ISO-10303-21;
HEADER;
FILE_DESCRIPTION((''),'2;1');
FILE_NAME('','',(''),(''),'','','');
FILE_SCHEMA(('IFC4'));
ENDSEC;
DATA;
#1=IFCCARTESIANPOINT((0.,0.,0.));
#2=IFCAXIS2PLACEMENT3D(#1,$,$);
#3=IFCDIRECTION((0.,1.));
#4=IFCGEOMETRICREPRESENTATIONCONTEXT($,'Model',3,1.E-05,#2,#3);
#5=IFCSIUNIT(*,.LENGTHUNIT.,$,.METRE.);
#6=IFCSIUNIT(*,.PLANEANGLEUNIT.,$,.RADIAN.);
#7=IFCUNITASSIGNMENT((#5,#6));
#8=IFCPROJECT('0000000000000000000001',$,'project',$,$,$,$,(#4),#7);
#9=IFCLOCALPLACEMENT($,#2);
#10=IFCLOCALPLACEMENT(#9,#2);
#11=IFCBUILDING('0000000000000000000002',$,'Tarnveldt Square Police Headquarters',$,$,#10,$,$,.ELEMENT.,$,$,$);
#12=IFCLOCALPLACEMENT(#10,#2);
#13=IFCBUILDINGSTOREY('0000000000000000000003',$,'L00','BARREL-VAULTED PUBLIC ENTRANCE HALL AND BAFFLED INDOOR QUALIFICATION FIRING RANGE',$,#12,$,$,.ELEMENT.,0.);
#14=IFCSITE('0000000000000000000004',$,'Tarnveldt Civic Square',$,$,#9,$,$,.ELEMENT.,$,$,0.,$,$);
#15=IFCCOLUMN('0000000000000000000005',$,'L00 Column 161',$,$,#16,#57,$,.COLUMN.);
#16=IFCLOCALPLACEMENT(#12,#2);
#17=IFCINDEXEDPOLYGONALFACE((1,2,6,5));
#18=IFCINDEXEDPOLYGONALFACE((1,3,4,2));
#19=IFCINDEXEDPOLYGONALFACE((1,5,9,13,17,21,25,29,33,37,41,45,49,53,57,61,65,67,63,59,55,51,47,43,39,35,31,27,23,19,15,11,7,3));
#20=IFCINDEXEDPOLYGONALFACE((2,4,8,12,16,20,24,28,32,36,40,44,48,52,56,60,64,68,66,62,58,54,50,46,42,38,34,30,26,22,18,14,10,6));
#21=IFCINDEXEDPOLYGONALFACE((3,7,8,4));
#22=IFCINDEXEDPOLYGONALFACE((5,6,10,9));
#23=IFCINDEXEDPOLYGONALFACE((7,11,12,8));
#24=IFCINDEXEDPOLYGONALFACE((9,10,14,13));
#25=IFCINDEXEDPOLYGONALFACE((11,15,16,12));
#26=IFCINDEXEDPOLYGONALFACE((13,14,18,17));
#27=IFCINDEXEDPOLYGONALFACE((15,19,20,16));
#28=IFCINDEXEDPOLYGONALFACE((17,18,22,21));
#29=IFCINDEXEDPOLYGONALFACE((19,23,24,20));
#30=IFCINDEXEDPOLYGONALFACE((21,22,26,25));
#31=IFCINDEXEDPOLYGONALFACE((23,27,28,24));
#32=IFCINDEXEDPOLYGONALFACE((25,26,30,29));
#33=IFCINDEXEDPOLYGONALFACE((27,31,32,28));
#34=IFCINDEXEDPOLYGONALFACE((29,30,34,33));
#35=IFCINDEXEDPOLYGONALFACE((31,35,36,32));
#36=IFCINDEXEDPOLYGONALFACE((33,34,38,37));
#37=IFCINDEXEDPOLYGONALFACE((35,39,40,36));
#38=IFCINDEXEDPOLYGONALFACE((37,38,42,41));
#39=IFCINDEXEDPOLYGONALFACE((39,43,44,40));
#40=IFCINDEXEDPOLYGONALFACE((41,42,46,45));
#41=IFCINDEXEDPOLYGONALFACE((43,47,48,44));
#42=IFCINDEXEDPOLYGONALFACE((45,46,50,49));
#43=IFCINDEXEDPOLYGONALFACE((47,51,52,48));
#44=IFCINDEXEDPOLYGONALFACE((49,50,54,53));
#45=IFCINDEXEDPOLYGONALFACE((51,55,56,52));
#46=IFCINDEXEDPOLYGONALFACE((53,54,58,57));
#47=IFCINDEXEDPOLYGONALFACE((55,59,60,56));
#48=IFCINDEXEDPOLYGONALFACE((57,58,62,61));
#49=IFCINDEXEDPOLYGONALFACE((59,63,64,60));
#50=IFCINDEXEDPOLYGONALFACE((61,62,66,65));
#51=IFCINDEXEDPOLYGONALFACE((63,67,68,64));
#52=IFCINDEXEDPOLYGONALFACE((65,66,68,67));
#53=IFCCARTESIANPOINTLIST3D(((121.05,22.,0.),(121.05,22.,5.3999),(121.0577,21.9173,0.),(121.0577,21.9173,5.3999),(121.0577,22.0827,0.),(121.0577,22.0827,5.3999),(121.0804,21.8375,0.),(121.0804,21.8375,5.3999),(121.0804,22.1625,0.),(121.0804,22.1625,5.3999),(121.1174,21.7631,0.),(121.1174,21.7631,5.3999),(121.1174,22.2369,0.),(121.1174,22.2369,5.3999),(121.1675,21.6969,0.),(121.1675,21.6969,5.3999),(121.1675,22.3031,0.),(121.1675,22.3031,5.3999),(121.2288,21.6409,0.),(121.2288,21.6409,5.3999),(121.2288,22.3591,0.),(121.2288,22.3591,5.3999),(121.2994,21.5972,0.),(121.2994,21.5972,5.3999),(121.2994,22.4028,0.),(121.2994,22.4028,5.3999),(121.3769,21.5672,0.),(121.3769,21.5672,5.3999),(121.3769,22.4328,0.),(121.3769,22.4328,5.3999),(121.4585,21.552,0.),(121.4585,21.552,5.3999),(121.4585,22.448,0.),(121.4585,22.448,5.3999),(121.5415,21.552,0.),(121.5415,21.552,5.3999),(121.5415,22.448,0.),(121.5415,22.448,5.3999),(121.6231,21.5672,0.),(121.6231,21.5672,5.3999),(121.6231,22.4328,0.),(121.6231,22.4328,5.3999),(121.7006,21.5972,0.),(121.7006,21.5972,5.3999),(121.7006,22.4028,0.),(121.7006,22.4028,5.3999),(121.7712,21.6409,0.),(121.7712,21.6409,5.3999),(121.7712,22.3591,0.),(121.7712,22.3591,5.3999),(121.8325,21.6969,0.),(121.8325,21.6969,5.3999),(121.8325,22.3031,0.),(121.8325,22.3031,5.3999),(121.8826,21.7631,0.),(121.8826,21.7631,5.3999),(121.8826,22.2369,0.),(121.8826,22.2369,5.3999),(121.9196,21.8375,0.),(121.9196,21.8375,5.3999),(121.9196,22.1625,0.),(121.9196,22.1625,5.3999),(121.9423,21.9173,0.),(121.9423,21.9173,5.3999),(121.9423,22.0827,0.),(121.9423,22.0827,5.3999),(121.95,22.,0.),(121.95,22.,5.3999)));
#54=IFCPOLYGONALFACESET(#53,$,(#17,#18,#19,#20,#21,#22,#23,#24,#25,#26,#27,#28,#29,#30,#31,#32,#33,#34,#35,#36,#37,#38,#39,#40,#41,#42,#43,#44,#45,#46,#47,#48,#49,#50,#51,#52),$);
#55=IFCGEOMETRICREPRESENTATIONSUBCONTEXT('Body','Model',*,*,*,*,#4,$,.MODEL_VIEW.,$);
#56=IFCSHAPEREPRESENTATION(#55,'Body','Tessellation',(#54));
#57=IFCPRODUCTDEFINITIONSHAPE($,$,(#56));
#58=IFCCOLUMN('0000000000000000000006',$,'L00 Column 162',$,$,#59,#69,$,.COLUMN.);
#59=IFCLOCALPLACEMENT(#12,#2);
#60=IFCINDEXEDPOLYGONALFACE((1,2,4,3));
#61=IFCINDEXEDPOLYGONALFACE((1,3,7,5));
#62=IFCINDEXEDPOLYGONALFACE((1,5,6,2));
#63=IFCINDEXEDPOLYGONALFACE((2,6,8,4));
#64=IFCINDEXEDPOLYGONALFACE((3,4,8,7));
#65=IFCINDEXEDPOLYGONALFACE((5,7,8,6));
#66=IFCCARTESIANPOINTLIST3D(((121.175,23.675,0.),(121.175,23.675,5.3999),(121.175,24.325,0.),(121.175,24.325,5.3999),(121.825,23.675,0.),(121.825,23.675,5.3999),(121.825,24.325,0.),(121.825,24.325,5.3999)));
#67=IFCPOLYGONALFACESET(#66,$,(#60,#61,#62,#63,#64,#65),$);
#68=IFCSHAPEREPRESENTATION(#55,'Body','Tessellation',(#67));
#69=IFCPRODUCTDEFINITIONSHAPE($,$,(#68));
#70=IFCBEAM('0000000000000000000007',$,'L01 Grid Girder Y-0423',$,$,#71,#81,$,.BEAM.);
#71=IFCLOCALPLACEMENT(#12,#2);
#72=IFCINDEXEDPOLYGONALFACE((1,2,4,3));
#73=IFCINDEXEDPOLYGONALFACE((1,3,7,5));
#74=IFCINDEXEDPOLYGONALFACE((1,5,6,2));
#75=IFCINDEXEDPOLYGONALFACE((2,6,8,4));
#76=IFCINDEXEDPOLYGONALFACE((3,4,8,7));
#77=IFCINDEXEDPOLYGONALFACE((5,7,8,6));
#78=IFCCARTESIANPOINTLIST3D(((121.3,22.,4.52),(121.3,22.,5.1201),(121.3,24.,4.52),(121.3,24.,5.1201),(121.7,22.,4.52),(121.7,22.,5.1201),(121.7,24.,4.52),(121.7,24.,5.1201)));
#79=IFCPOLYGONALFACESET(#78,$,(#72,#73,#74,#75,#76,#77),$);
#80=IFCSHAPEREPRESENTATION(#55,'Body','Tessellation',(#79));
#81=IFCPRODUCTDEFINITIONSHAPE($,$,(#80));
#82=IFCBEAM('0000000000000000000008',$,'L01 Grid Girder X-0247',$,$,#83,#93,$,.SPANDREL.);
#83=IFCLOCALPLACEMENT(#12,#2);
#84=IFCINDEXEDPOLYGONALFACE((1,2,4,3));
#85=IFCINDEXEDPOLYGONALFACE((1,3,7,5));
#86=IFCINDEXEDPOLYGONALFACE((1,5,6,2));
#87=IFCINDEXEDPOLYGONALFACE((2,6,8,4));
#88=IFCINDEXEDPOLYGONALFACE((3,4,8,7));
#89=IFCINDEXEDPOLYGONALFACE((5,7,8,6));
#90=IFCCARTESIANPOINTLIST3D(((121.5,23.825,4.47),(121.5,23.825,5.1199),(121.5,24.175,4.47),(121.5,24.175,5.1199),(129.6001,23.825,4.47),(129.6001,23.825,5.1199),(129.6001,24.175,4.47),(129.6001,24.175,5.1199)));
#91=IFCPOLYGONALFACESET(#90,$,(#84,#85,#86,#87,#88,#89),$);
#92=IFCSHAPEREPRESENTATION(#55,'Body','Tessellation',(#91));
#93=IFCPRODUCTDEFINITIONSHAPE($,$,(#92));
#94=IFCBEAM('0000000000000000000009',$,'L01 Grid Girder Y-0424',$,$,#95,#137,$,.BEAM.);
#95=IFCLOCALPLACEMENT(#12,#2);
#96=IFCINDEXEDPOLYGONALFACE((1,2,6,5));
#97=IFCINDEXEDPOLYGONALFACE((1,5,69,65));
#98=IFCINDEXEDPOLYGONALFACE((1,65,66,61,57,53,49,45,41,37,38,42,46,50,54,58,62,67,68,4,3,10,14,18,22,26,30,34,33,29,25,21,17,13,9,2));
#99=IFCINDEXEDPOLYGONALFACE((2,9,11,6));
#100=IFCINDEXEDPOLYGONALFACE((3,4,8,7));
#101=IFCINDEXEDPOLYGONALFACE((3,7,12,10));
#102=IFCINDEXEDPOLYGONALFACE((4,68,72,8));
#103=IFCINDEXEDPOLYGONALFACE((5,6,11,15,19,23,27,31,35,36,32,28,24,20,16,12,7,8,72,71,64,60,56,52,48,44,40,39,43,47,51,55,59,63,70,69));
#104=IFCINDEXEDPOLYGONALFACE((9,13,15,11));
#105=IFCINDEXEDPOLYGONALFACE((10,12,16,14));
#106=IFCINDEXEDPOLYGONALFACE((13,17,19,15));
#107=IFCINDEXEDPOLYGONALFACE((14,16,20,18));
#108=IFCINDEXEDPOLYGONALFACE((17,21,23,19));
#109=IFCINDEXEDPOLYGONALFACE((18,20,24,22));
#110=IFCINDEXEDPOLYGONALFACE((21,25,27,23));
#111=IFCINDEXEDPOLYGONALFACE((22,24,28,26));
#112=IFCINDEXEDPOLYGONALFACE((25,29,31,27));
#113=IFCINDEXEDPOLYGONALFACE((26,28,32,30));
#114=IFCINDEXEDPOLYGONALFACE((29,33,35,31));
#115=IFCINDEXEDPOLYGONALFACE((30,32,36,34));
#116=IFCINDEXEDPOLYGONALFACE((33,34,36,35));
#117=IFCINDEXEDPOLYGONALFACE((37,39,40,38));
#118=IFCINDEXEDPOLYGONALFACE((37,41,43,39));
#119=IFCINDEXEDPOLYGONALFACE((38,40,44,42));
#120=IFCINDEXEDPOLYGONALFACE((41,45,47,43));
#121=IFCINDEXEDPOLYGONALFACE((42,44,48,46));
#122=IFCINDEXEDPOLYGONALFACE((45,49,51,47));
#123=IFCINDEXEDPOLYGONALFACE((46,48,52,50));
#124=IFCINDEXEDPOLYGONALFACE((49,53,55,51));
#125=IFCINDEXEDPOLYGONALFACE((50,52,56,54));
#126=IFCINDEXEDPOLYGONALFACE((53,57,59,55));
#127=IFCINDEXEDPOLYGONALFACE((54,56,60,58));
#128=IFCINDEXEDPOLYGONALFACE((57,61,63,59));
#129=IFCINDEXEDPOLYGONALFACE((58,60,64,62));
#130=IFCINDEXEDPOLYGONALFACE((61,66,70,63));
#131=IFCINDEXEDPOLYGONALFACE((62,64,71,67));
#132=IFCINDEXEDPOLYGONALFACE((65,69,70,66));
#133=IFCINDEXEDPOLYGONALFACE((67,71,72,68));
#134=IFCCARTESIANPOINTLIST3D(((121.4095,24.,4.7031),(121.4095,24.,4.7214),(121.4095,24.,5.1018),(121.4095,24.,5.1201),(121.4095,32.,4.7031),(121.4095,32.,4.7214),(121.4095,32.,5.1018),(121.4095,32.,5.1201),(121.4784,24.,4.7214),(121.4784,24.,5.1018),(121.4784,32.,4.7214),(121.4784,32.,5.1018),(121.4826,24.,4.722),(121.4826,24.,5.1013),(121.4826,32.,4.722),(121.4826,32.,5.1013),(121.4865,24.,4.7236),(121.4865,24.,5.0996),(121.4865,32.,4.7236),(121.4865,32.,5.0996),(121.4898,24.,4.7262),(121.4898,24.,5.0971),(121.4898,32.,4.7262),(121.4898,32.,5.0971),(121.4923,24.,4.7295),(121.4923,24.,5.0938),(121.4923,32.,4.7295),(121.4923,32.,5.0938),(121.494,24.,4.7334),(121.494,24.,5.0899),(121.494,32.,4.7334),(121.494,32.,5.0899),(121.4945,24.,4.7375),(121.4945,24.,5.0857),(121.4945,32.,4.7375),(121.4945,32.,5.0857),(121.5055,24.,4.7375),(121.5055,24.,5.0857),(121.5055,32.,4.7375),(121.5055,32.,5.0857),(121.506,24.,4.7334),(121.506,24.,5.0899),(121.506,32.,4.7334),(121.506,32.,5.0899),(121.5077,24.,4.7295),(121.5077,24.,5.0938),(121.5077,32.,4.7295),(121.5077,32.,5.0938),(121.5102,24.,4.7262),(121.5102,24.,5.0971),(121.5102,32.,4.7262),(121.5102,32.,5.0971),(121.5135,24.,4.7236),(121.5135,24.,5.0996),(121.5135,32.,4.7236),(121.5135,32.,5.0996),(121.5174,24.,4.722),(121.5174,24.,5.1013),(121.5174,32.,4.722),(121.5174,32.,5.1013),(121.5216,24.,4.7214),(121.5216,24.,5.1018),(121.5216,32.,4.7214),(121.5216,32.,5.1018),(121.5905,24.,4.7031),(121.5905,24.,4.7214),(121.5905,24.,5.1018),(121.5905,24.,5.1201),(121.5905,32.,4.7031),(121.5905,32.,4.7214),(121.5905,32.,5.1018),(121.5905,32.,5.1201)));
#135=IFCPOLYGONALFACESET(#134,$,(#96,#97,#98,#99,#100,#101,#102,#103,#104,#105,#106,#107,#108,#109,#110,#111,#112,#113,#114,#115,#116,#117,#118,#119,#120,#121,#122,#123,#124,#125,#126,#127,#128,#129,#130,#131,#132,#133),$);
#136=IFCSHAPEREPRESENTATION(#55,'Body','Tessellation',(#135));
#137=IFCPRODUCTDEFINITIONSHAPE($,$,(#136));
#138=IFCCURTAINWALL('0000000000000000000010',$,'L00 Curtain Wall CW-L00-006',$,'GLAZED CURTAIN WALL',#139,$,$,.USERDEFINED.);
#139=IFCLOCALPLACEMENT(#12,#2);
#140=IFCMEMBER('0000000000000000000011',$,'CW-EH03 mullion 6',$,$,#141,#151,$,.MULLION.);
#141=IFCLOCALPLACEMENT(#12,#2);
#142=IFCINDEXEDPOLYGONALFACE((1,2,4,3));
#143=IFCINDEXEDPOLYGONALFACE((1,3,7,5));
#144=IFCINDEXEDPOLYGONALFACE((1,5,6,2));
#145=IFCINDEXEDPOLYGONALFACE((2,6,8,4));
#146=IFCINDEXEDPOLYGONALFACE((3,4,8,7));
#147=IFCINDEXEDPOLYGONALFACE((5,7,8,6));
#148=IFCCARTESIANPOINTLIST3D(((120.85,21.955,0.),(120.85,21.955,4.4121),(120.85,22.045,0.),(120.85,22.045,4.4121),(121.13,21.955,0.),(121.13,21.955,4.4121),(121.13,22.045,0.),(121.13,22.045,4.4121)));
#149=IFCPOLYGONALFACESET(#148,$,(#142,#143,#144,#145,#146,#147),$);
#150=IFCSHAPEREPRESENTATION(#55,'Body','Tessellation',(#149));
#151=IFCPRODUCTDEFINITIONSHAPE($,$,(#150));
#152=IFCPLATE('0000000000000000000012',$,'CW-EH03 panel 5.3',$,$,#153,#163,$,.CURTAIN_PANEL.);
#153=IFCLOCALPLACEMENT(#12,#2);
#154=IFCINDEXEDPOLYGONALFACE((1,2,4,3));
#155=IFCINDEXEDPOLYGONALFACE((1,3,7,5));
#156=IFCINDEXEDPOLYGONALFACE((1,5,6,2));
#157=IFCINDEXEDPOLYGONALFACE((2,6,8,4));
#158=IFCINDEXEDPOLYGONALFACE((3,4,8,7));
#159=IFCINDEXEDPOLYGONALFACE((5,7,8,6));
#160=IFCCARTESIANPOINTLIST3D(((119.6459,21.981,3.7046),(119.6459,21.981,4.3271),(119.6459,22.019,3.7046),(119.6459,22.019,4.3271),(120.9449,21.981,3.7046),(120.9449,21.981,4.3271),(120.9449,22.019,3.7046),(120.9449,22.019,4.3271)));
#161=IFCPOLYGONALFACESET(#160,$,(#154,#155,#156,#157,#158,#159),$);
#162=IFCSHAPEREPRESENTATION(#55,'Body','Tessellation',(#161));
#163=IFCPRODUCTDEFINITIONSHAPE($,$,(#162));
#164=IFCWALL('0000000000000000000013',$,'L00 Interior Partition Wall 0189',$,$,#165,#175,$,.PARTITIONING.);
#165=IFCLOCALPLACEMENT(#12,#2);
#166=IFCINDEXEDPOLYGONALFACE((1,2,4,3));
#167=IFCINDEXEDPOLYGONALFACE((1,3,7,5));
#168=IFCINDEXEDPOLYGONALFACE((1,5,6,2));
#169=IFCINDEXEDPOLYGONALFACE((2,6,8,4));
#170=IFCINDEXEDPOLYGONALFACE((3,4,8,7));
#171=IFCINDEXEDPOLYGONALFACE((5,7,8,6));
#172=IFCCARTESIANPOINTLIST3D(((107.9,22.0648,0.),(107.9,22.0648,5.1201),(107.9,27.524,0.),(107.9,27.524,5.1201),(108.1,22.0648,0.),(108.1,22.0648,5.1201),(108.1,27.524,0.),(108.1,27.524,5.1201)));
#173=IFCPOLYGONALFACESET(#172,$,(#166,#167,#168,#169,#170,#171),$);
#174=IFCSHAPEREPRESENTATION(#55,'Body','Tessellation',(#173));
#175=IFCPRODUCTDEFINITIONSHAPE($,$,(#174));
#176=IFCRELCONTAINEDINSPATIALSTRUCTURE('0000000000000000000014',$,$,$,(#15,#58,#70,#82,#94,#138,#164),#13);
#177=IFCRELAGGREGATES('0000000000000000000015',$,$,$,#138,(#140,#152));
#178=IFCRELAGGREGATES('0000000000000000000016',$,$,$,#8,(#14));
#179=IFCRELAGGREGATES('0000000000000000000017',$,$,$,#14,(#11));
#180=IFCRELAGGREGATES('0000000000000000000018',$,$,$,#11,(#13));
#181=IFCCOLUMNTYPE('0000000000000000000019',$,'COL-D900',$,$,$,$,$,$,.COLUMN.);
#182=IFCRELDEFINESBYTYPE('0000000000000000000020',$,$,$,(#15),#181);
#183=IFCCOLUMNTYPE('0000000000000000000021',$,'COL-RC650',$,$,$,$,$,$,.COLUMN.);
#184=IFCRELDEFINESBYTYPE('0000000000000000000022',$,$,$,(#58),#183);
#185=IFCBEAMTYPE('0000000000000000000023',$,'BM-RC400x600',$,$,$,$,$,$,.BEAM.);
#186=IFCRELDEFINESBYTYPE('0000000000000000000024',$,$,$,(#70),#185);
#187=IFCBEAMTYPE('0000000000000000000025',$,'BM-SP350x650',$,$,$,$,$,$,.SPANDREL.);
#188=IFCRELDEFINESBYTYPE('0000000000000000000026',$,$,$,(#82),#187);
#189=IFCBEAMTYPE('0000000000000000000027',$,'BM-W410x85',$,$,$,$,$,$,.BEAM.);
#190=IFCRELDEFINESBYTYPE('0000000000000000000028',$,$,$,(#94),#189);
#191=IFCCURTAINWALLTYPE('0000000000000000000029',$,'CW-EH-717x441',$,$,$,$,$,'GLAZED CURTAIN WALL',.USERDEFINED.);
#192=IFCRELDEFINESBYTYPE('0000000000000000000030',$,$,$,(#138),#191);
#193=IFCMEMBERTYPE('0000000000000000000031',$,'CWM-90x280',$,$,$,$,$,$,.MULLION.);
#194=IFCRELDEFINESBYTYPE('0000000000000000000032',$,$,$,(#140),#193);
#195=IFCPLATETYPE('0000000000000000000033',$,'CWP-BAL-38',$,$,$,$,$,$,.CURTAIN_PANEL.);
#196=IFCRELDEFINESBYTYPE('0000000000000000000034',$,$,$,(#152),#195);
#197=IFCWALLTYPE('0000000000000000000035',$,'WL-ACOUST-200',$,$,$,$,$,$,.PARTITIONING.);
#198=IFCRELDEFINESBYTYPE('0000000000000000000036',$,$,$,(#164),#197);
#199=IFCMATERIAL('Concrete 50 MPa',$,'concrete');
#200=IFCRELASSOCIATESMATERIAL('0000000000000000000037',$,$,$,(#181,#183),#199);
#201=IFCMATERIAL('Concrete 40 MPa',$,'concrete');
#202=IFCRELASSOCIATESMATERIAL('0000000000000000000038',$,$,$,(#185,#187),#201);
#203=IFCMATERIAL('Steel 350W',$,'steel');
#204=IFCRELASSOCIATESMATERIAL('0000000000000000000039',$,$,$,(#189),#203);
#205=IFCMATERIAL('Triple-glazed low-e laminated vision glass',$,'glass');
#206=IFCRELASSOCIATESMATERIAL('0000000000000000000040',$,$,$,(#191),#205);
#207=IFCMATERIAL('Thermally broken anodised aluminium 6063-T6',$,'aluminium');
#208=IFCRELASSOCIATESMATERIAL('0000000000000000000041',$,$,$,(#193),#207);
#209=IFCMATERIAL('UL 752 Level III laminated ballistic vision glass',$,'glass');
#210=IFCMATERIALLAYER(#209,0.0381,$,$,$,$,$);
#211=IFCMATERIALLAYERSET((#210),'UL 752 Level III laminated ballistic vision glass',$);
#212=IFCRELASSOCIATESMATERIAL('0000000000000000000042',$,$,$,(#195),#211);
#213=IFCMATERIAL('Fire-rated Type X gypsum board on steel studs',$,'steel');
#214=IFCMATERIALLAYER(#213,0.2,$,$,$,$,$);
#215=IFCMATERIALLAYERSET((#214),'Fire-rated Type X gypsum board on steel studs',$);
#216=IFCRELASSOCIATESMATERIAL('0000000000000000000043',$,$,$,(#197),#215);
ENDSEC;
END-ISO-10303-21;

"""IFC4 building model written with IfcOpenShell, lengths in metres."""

from ifc_helpers import new_model, si_unit, direction, frame, frame_2d, origin, origin_2d, place, context, subcontext, project, spatial, rectangle, circle, i_section, extrude, material, layer, layer_set, material_profile, profile_set, type_object, element, aggregate, save


model = new_model("IFC4")

# Units and contexts
model_context = context("Model", 3, precision=1e-05, world=origin(), true_north=direction((0.0, 1.0)))
body_context = subcontext(model_context, "Body", "Model", "MODEL_VIEW")
ifc_project = project(units=[si_unit("LENGTHUNIT", "METRE"), si_unit("PLANEANGLEUNIT", "RADIAN")], contexts=[model_context])

# Site, building, storey
site_placement = place(None, origin())
site = spatial("IfcSite", under=ifc_project, at=site_placement, Name="Tarnveldt Civic Square", CompositionType="ELEMENT", RefElevation=0.0)
building_placement = place(site_placement, origin())
building = spatial("IfcBuilding", under=site, at=building_placement, Name="Tarnveldt Square Police Headquarters", CompositionType="ELEMENT")
storey_placement = place(building_placement, origin())
storey = spatial("IfcBuildingStorey", under=building, at=storey_placement, Name="L00", Description="BARREL-VAULTED PUBLIC ENTRANCE HALL AND BAFFLED INDOOR QUALIFICATION FIRING RANGE", CompositionType="ELEMENT", Elevation=0.0)

# Columns
ifc_material_1 = material(Name="Concrete 50 MPa", Category="concrete")
ifc_material_profile_1 = material_profile(ifc_material_1, circle(Radius=0.45, at=origin_2d()), Name="RC-D900")
ifc_profile_set_1 = profile_set([ifc_material_profile_1], Name="Concrete 50 MPa")
column_type_1 = type_object("IfcColumnType", Name="COL-D900", PredefinedType="COLUMN", material=ifc_profile_set_1)
column_1_placement = place(storey_placement, frame((121.5, 22.0, 0.0), z_axis=(0.0, 0.0, 1.0), x_axis=(1.0, 0.0, 0.0)))
element("IfcColumn", 1, at=column_1_placement, inside=storey, type_object=column_type_1, Name="L00 Column 161", PredefinedType="COLUMN", context=body_context, shape_type="SweptSolid", body=[
    extrude(circle(Radius=0.45, at=origin_2d()), origin(), (0.0, 0.0, 1.0), 5.3999),
])
ifc_material_profile_2 = material_profile(ifc_material_1, rectangle(XDim=0.6499, YDim=0.6499, at=origin_2d()), Name="RC-C650x650")
ifc_profile_set_2 = profile_set([ifc_material_profile_2], Name="Concrete 50 MPa")
column_type_2 = type_object("IfcColumnType", Name="COL-RC650", PredefinedType="COLUMN", material=ifc_profile_set_2)
column_2_placement = place(storey_placement, frame((121.5, 24.0, 0.0), z_axis=(0.0, 0.0, 1.0), x_axis=(1.0, 0.0, 0.0)))
element("IfcColumn", 2, at=column_2_placement, inside=storey, type_object=column_type_2, Name="L00 Column 162", PredefinedType="COLUMN", context=body_context, shape_type="SweptSolid", body=[
    extrude(rectangle(XDim=0.6499, YDim=0.6499, at=origin_2d()), origin(), (0.0, 0.0, 1.0), 5.3999),
])

# Beams
ifc_material_2 = material(Name="Concrete 40 MPa", Category="concrete")
ifc_material_profile_3 = material_profile(ifc_material_2, rectangle(XDim=0.3999, YDim=0.6001, at=origin_2d()), Name="RC-B400x600")
ifc_profile_set_3 = profile_set([ifc_material_profile_3], Name="Concrete 40 MPa")
beam_type_1 = type_object("IfcBeamType", Name="BM-RC400x600", PredefinedType="BEAM", material=ifc_profile_set_3)
beam_1_placement = place(storey_placement, frame((121.5, 22.0, 4.8201), z_axis=(0.0, 1.0, 0.0), x_axis=(-1.0, 0.0, 0.0)))
element("IfcBeam", 3, at=beam_1_placement, inside=storey, type_object=beam_type_1, Name="L01 Grid Girder Y-0423", PredefinedType="BEAM", context=body_context, shape_type="SweptSolid", body=[
    extrude(rectangle(XDim=0.3999, YDim=0.6001, at=origin_2d()), origin(), (0.0, 0.0, 1.0), 2.0),
])
ifc_material_profile_4 = material_profile(ifc_material_2, rectangle(XDim=0.3501, YDim=0.6499, at=origin_2d()), Name="RC-SP350x650")
ifc_profile_set_4 = profile_set([ifc_material_profile_4], Name="Concrete 40 MPa")
beam_type_2 = type_object("IfcBeamType", Name="BM-SP350x650", PredefinedType="SPANDREL", material=ifc_profile_set_4)
beam_2_placement = place(storey_placement, frame((121.5, 24.0, 4.7949), z_axis=(1.0, 0.0, 0.0), x_axis=(0.0, 1.0, 0.0)))
element("IfcBeam", 4, at=beam_2_placement, inside=storey, type_object=beam_type_2, Name="L01 Grid Girder X-0247", PredefinedType="SPANDREL", context=body_context, shape_type="SweptSolid", body=[
    extrude(rectangle(XDim=0.3501, YDim=0.6499, at=origin_2d()), origin(), (0.0, 0.0, 1.0), 8.1001),
])
ifc_material_3 = material(Name="Steel 350W", Category="steel")
ifc_material_profile_5 = material_profile(ifc_material_3, i_section(OverallWidth=0.1809, OverallDepth=0.417, WebThickness=0.011, FlangeThickness=0.0183, FilletRadius=0.0161, at=origin_2d()), Name="W410x85")
ifc_profile_set_5 = profile_set([ifc_material_profile_5], Name="Steel 350W")
beam_type_3 = type_object("IfcBeamType", Name="BM-W410x85", PredefinedType="BEAM", material=ifc_profile_set_5)
beam_3_placement = place(storey_placement, frame((121.5, 24.0, 4.9116), z_axis=(0.0, 1.0, 0.0), x_axis=(-1.0, 0.0, 0.0)))
element("IfcBeam", 5, at=beam_3_placement, inside=storey, type_object=beam_type_3, Name="L01 Grid Girder Y-0424", PredefinedType="BEAM", context=body_context, shape_type="SweptSolid", body=[
    extrude(i_section(OverallWidth=0.1809, OverallDepth=0.417, WebThickness=0.011, FlangeThickness=0.0183, FilletRadius=0.0161, at=origin_2d()), origin(), (0.0, 0.0, 1.0), 8.0),
])

# Curtain wall, member, plate
ifc_material_4 = material(Name="Triple-glazed low-e laminated vision glass", Category="glass")
curtain_wall_type = type_object("IfcCurtainWallType", Name="CW-EH-717x441", ElementType="GLAZED CURTAIN WALL", PredefinedType="USERDEFINED", material=ifc_material_4)
curtain_wall_placement = place(storey_placement, origin())
curtain_wall = element("IfcCurtainWall", 6, at=curtain_wall_placement, inside=storey, type_object=curtain_wall_type, Name="L00 Curtain Wall CW-L00-006", ObjectType="GLAZED CURTAIN WALL", PredefinedType="USERDEFINED")
ifc_material_5 = material(Name="Thermally broken anodised aluminium 6063-T6", Category="aluminium")
ifc_material_profile_6 = material_profile(ifc_material_5, rectangle(XDim=0.0901, YDim=0.28, at=origin_2d()), Name="CW-M90x280")
ifc_profile_set_6 = profile_set([ifc_material_profile_6], Name="Thermally broken anodised aluminium 6063-T6")
member_type = type_object("IfcMemberType", Name="CWM-90x280", PredefinedType="MULLION", material=ifc_profile_set_6)
member_placement = place(storey_placement, frame((120.99, 22.0, 0.0), z_axis=(0.0, 0.0, 1.0), x_axis=(0.0, 1.0, 0.0)))
member = element("IfcMember", 7, at=member_placement, type_object=member_type, Name="CW-EH03 mullion 6", PredefinedType="MULLION", context=body_context, shape_type="SweptSolid", body=[
    extrude(rectangle(XDim=0.0901, YDim=0.28, at=origin_2d()), origin(), (0.0, 0.0, 1.0), 4.4121),
])
ifc_material_6 = material(Name="UL 752 Level III laminated ballistic vision glass", Category="glass")
ifc_layer_1 = layer(ifc_material_6, 0.0381)
ifc_layer_set_1 = layer_set([ifc_layer_1], Name="UL 752 Level III laminated ballistic vision glass")
plate_type = type_object("IfcPlateType", Name="CWP-BAL-38", PredefinedType="CURTAIN_PANEL", material=ifc_layer_set_1)
plate_placement = place(storey_placement, frame((120.2954, 22.0, 3.7046), z_axis=(0.0, 0.0, 1.0), x_axis=(1.0, 0.0, 0.0)))
plate = element("IfcPlate", 8, at=plate_placement, type_object=plate_type, Name="CW-EH03 panel 5.3", PredefinedType="CURTAIN_PANEL", context=body_context, shape_type="SweptSolid", body=[
    extrude(rectangle(XDim=1.2991, YDim=0.0381, at=origin_2d()), origin(), (0.0, 0.0, 1.0), 0.6226),
])
aggregate(curtain_wall, [member, plate])

# Wall
ifc_material_7 = material(Name="Fire-rated Type X gypsum board on steel studs", Category="steel")
ifc_layer_2 = layer(ifc_material_7, 0.2)
ifc_layer_set_2 = layer_set([ifc_layer_2], Name="Fire-rated Type X gypsum board on steel studs")
wall_type_1 = type_object("IfcWallType", Name="WL-ACOUST-200", PredefinedType="PARTITIONING", material=ifc_layer_set_2)
for number, where, z_axis, x_axis, name in (
    (9, (108.0, 22.0649, 0.0), (0.0, 0.0, 1.0), (0.0, 1.0, 0.0), "L00 Interior Partition Wall 0189"),
):
    element("IfcWall", number, at=place(storey_placement, frame(where, z_axis=z_axis, x_axis=x_axis)), inside=storey, type_object=wall_type_1, Name=name, PredefinedType="PARTITIONING", context=body_context, shape_type="SweptSolid", body=[
        extrude(rectangle(XDim=5.4592, YDim=0.2, at=frame_2d((2.7295, 0.0))), origin(), (0.0, 0.0, 1.0), 5.1201),
    ])

save(model, "model.ifc")
